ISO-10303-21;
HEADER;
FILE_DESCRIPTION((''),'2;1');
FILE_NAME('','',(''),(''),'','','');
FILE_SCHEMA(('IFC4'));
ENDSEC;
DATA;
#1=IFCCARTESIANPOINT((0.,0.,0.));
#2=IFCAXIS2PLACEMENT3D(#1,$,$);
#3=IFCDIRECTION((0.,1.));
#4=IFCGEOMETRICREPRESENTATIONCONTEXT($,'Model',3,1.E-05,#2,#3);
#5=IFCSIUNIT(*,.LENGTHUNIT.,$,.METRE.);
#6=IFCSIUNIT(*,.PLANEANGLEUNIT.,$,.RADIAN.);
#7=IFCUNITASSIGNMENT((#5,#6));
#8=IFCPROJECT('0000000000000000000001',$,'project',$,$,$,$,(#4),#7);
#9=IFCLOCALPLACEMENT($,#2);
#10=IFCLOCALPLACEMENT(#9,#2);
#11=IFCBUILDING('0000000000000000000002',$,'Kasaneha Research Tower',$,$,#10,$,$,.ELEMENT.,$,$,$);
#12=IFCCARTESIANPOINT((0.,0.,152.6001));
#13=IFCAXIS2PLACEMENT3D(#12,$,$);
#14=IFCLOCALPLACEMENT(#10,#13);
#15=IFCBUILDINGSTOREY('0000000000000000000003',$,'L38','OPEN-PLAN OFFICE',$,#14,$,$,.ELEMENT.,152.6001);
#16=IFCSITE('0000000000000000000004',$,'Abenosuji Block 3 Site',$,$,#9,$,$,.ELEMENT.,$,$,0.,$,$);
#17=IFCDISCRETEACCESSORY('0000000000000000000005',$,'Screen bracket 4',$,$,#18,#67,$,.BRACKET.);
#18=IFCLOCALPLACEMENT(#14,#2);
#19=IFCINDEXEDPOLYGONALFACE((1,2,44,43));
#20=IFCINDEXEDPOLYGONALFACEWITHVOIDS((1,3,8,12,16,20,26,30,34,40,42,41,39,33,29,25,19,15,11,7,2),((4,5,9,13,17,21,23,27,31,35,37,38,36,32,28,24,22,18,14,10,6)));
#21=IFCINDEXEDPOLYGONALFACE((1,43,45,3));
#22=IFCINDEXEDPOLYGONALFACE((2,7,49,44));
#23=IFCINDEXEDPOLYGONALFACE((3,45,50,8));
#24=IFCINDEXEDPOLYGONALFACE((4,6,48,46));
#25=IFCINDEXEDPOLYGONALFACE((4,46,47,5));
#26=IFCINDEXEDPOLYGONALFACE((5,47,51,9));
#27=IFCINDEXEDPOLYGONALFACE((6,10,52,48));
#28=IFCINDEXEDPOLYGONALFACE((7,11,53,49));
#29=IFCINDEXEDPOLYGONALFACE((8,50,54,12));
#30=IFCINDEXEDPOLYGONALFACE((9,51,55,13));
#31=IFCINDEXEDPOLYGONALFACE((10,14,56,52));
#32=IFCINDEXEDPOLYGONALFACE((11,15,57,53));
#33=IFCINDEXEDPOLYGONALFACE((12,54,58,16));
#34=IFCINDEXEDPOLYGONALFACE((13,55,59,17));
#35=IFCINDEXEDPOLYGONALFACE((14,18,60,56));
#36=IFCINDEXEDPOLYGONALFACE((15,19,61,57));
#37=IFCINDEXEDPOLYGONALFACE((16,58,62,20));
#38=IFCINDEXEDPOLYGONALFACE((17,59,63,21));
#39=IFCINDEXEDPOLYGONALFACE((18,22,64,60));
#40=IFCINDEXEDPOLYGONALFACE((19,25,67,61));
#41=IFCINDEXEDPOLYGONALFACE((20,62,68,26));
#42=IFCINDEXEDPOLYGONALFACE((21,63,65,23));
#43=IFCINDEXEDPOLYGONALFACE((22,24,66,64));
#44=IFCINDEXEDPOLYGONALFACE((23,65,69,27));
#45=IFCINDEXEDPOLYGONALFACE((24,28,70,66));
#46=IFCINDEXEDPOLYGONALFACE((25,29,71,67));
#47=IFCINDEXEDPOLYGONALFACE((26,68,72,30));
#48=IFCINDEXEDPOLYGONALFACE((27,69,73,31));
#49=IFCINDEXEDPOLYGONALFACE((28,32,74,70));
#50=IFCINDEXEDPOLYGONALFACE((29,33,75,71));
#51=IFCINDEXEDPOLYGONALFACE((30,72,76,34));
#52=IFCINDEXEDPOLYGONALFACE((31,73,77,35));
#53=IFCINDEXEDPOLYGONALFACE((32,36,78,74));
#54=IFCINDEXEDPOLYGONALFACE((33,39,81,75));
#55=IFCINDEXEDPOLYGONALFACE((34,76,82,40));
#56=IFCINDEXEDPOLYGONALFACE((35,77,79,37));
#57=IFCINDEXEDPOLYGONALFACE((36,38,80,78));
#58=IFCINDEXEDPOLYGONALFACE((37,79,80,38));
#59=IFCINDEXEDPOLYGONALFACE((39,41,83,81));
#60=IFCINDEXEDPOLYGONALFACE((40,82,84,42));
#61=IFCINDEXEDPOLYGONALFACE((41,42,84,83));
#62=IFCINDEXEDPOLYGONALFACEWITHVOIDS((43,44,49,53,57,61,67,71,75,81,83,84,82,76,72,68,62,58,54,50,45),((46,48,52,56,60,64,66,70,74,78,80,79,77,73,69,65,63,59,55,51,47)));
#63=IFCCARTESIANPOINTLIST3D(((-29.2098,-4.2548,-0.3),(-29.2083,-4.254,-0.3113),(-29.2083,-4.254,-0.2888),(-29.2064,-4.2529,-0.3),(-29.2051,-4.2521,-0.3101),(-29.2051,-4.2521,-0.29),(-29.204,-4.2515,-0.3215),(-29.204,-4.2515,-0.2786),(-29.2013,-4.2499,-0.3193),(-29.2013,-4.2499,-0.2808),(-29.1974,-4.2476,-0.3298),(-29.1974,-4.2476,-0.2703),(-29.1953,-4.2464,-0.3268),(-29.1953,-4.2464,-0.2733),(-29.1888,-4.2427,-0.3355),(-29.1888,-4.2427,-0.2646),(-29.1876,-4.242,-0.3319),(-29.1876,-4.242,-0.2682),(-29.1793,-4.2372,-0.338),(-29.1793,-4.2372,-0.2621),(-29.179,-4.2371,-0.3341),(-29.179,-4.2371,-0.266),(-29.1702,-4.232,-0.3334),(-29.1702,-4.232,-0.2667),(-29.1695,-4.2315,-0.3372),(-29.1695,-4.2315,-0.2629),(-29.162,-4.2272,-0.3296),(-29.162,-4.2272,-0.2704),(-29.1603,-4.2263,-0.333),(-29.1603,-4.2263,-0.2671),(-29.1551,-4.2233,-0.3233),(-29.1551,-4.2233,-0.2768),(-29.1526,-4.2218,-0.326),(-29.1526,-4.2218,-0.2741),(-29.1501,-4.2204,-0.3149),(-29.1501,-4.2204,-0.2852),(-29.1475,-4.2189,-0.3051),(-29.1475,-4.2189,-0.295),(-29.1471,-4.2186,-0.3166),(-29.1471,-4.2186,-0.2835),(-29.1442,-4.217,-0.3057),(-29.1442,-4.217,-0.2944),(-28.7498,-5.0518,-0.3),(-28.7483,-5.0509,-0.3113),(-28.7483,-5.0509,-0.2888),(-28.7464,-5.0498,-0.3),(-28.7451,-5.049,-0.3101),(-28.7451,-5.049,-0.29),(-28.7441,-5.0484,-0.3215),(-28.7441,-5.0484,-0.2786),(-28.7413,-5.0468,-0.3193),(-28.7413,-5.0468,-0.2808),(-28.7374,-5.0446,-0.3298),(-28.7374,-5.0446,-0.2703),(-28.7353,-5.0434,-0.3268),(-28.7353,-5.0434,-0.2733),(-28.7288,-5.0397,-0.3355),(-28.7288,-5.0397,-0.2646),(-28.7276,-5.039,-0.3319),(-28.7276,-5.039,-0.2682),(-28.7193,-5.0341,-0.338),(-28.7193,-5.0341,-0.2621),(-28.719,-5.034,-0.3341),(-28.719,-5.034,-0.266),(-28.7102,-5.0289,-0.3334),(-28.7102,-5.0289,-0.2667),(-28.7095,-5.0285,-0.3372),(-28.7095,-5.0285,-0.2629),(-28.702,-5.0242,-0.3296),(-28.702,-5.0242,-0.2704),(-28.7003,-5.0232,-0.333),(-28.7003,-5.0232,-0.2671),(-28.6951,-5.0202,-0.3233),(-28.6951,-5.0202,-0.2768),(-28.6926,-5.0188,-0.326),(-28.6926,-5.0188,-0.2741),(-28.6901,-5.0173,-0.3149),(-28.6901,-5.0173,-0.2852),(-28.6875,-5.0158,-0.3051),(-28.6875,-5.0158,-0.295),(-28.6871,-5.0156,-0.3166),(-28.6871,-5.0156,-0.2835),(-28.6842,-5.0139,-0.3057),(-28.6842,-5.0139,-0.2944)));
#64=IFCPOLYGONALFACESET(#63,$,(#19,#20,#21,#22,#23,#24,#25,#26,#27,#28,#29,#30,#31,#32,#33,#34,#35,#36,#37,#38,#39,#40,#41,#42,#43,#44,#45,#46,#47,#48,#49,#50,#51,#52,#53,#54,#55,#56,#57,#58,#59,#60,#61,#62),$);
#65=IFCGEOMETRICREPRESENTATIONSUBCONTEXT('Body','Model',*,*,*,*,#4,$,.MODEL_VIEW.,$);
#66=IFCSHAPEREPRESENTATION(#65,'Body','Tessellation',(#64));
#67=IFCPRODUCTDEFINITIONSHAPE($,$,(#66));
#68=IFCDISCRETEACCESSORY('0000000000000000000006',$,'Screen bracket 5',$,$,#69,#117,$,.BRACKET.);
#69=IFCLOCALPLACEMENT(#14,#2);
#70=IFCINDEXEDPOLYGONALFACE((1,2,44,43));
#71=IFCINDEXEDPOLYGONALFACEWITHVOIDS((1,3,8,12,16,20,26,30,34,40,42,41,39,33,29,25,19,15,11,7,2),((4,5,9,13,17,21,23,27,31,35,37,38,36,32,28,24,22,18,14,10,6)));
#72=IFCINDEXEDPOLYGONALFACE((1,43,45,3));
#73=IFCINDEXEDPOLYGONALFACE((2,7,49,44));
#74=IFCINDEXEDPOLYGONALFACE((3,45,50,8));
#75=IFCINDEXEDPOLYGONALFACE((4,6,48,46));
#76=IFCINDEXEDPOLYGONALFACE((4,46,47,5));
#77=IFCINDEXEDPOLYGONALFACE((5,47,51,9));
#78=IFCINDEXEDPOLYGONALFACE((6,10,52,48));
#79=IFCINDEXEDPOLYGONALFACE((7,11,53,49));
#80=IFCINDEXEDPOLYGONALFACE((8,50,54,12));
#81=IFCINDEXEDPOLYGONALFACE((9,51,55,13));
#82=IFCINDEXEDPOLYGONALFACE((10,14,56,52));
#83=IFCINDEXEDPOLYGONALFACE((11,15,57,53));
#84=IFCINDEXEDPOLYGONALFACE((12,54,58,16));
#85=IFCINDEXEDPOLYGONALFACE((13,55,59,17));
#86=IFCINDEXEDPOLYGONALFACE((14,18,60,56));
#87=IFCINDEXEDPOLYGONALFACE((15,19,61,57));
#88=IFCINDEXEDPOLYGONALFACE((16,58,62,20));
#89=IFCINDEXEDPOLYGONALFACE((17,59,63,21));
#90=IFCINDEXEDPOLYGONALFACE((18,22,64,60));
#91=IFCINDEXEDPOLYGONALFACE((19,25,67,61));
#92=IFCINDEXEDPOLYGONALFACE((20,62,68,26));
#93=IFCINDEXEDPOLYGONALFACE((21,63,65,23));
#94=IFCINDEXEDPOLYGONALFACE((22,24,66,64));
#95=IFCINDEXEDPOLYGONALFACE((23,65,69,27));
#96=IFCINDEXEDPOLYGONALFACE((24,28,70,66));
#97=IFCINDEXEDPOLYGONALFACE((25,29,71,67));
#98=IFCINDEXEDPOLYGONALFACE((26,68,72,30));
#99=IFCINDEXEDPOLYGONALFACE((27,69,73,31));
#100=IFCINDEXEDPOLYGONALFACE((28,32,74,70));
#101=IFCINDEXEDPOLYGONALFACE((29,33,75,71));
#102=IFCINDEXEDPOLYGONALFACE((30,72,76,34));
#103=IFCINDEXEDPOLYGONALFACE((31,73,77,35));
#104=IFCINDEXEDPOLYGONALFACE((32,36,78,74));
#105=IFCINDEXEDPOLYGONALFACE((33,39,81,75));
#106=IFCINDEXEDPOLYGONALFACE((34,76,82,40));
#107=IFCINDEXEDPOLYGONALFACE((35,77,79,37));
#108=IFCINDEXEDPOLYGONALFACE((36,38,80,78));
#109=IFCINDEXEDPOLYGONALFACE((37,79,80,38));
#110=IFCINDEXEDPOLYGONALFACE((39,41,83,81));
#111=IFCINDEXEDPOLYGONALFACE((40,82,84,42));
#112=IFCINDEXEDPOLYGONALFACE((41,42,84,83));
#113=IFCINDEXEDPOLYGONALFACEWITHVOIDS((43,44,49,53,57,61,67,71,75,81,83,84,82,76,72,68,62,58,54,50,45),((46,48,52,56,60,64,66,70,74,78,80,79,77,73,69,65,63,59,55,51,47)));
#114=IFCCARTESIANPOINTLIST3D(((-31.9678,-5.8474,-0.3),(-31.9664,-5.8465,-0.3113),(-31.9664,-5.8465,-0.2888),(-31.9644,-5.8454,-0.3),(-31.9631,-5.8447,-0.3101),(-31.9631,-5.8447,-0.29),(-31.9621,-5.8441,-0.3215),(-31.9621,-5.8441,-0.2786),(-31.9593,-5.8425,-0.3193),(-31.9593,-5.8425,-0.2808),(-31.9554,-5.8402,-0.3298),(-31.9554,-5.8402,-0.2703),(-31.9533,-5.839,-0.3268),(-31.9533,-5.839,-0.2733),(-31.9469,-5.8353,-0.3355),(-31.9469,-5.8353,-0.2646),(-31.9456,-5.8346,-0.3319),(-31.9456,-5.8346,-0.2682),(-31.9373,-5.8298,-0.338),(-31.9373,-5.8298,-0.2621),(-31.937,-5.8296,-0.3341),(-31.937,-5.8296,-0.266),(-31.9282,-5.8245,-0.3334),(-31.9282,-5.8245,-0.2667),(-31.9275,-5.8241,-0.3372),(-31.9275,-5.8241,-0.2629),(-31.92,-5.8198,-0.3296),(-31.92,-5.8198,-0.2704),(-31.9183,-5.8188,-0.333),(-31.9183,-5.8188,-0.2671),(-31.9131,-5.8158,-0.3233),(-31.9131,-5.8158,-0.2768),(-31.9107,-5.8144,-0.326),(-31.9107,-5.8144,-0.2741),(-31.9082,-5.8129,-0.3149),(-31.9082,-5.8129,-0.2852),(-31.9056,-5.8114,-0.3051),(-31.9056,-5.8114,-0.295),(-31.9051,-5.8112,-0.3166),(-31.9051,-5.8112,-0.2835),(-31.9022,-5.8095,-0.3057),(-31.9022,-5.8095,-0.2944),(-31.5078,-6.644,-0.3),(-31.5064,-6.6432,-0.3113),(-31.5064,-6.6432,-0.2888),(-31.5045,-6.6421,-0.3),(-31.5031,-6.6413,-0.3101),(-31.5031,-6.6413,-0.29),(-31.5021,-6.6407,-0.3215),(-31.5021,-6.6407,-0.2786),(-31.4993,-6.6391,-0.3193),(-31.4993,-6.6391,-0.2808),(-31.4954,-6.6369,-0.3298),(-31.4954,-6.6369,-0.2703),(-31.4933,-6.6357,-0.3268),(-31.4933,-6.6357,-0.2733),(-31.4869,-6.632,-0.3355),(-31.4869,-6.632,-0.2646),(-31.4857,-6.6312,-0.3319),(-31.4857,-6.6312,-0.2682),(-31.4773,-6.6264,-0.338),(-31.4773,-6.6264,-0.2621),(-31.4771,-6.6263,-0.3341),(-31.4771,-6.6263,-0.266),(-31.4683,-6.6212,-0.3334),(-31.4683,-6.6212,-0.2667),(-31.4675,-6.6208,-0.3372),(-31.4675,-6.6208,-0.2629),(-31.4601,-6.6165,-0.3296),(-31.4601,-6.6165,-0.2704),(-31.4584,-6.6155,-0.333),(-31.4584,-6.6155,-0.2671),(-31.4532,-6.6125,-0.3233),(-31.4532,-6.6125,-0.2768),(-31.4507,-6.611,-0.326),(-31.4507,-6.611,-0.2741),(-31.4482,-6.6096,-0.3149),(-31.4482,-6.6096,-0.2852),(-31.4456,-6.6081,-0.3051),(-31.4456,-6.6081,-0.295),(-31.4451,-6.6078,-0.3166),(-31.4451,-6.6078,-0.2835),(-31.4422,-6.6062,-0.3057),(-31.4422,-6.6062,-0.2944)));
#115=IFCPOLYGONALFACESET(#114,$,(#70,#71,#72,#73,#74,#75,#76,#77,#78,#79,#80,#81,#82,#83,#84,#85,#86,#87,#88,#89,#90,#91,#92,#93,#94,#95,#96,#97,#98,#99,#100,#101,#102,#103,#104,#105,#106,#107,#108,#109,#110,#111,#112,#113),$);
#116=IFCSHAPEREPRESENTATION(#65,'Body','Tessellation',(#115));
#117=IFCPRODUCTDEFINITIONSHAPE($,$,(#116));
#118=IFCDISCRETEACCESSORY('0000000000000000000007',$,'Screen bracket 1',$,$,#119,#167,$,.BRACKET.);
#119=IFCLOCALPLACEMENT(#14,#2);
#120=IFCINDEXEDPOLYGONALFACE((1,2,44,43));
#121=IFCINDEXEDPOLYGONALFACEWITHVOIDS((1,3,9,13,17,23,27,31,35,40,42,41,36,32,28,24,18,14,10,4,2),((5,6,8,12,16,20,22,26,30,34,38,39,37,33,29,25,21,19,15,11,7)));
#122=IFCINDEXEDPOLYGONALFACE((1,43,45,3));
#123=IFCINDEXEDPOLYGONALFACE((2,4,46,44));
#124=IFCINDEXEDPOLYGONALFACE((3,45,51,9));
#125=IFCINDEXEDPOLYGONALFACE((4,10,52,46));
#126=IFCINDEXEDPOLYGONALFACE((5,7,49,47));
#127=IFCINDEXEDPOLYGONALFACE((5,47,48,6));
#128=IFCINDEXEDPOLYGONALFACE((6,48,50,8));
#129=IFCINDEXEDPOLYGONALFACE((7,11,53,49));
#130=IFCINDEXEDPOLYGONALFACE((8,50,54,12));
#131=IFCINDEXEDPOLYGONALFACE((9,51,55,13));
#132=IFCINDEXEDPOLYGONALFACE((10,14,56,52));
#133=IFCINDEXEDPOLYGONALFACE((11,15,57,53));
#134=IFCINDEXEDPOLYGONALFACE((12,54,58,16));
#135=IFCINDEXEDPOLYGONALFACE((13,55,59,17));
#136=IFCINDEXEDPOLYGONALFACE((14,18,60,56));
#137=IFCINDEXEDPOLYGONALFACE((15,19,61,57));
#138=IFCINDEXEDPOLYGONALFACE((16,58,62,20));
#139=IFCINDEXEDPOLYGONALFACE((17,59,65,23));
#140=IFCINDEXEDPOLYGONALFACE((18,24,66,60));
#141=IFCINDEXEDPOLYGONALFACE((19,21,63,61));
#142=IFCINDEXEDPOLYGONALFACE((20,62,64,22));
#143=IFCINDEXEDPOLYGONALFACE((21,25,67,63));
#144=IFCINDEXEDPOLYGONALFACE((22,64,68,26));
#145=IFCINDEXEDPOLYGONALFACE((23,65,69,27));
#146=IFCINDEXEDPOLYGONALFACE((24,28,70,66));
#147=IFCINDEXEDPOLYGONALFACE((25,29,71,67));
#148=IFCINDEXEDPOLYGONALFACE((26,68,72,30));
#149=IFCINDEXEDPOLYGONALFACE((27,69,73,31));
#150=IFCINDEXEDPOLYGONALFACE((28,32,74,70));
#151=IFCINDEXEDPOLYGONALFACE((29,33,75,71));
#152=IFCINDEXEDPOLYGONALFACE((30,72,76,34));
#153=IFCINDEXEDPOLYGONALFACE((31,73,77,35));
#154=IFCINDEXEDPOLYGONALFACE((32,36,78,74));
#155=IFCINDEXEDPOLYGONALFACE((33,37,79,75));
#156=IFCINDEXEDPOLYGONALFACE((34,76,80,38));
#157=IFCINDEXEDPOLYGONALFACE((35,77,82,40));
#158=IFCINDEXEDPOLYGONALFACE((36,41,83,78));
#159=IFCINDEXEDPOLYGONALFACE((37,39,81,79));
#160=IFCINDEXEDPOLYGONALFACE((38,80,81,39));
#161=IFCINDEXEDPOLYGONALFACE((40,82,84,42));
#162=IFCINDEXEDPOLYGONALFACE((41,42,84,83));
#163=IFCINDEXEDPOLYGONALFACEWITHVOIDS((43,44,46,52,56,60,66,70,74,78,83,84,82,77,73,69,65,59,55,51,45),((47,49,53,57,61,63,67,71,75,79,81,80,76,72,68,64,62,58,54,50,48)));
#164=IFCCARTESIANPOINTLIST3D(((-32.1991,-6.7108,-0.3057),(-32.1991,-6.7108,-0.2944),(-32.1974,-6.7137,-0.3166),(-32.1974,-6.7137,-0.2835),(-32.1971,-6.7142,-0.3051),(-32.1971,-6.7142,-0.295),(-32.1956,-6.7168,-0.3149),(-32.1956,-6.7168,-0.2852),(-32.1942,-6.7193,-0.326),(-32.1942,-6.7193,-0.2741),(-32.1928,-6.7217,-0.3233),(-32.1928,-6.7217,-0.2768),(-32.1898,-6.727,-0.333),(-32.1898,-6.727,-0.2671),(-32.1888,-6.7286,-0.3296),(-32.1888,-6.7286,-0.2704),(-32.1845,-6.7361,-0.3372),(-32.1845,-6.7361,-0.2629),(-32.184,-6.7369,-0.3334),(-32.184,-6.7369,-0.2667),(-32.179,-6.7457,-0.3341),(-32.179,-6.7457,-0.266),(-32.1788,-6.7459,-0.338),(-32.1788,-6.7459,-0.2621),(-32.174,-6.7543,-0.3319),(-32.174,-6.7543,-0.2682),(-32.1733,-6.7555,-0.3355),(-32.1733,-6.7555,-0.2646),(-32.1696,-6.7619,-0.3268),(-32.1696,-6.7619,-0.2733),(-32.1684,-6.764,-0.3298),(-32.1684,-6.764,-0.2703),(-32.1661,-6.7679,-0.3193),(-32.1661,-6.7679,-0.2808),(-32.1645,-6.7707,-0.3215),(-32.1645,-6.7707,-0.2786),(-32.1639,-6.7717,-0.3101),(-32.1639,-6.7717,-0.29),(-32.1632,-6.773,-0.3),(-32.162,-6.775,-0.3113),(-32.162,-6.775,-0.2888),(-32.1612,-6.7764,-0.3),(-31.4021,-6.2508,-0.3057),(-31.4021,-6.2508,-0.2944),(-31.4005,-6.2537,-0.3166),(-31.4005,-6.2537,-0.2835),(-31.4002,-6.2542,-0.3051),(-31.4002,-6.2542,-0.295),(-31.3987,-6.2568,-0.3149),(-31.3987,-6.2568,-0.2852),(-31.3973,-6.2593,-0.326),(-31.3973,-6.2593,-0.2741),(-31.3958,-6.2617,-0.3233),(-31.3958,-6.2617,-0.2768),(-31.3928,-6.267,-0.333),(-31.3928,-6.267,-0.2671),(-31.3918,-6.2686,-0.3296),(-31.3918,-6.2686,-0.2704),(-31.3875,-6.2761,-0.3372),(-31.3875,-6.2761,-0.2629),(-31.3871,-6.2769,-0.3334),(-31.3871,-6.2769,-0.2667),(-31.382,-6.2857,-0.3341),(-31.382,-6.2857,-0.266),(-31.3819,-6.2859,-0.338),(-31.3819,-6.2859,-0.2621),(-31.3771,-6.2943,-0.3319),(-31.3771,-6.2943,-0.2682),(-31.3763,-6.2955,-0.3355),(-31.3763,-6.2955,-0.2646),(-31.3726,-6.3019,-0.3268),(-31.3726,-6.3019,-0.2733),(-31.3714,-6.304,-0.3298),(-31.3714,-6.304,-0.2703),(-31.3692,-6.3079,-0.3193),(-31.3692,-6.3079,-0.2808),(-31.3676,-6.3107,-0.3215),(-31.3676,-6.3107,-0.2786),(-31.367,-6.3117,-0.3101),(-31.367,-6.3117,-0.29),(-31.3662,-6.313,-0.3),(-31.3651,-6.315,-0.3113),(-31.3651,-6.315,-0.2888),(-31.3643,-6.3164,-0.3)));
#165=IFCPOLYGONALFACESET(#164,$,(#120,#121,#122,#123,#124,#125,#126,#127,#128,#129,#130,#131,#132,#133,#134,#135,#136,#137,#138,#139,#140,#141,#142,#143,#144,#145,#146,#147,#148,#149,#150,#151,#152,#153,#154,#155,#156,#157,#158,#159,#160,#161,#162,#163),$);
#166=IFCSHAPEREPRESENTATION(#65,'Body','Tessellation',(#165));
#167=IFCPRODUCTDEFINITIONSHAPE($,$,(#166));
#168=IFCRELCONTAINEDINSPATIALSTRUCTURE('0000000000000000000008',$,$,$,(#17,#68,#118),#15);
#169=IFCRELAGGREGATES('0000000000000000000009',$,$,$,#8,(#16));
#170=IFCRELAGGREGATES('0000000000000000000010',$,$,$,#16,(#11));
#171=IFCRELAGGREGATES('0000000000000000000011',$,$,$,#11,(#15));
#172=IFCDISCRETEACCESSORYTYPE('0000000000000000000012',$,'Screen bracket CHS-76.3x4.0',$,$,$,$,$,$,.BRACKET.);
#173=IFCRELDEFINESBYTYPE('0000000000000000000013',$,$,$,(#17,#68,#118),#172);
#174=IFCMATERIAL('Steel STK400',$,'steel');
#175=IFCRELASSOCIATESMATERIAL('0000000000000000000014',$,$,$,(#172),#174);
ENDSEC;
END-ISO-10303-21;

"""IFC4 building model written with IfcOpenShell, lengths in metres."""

from ifc_helpers import new_model, si_unit, direction, frame, origin, origin_2d, place, context, subcontext, project, spatial, hollow_circle, extrude, material, material_profile, profile_set, type_object, element, save


model = new_model("IFC4")

# Units and contexts
model_context = context("Model", 3, precision=1e-05, world=origin(), true_north=direction((0.0, 1.0)))
body_context = subcontext(model_context, "Body", "Model", "MODEL_VIEW")
ifc_project = project(units=[si_unit("LENGTHUNIT", "METRE"), si_unit("PLANEANGLEUNIT", "RADIAN")], contexts=[model_context])

# Site, building, storey
site_placement = place(None, origin())
site = spatial("IfcSite", under=ifc_project, at=site_placement, Name="Abenosuji Block 3 Site", CompositionType="ELEMENT", RefElevation=0.0)
building_placement = place(site_placement, origin())
building = spatial("IfcBuilding", under=site, at=building_placement, Name="Kasaneha Research Tower", CompositionType="ELEMENT")
storey_placement = place(building_placement, frame((0.0, 0.0, 152.6001)))
storey = spatial("IfcBuildingStorey", under=building, at=storey_placement, Name="L38", Description="OPEN-PLAN OFFICE", CompositionType="ELEMENT", Elevation=152.6001)

# Discrete accessories
ifc_material_1 = material(Name="Steel STK400", Category="steel")
ifc_material_profile_1 = material_profile(ifc_material_1, hollow_circle(Radius=0.0381, WallThickness=0.0039, at=origin_2d()), Name="CHS-76.3x4.0")
ifc_profile_set_1 = profile_set([ifc_material_profile_1], Name="Steel STK400")
discrete_accessory_type = type_object("IfcDiscreteAccessoryType", Name="Screen bracket CHS-76.3x4.0", PredefinedType="BRACKET", material=ifc_profile_set_1)
discrete_accessory_1_placement = place(storey_placement, frame((-28.7168, -5.0327, -0.3), z_axis=(-0.499906, 0.86608, 0.0), x_axis=(-0.86608, -0.499906, 0.0)))
element("IfcDiscreteAccessory", 1, at=discrete_accessory_1_placement, inside=storey, type_object=discrete_accessory_type, Name="Screen bracket 4", PredefinedType="BRACKET", context=body_context, shape_type="SweptSolid", body=[
    extrude(hollow_circle(Radius=0.0381, WallThickness=0.0039, at=origin_2d()), origin(), (0.0, 0.0, 1.0), 0.9202),
])
discrete_accessory_2_placement = place(storey_placement, frame((-31.4749, -6.625, -0.3), z_axis=(-0.500021, 0.866013, 0.0), x_axis=(-0.866013, -0.500021, 0.0)))
element("IfcDiscreteAccessory", 2, at=discrete_accessory_2_placement, inside=storey, type_object=discrete_accessory_type, Name="Screen bracket 5", PredefinedType="BRACKET", context=body_context, shape_type="SweptSolid", body=[
    extrude(hollow_circle(Radius=0.0381, WallThickness=0.0039, at=origin_2d()), origin(), (0.0, 0.0, 1.0), 0.9199),
])
discrete_accessory_3_placement = place(storey_placement, frame((-31.3833, -6.2834, -0.3), z_axis=(-0.86608, -0.499906, 0.0), x_axis=(0.499906, -0.86608, 0.0)))
element("IfcDiscreteAccessory", 3, at=discrete_accessory_3_placement, inside=storey, type_object=discrete_accessory_type, Name="Screen bracket 1", PredefinedType="BRACKET", context=body_context, shape_type="SweptSolid", body=[
    extrude(hollow_circle(Radius=0.0381, WallThickness=0.0039, at=origin_2d()), origin(), (0.0, 0.0, 1.0), 0.9202),
])

save(model, "model.ifc")
